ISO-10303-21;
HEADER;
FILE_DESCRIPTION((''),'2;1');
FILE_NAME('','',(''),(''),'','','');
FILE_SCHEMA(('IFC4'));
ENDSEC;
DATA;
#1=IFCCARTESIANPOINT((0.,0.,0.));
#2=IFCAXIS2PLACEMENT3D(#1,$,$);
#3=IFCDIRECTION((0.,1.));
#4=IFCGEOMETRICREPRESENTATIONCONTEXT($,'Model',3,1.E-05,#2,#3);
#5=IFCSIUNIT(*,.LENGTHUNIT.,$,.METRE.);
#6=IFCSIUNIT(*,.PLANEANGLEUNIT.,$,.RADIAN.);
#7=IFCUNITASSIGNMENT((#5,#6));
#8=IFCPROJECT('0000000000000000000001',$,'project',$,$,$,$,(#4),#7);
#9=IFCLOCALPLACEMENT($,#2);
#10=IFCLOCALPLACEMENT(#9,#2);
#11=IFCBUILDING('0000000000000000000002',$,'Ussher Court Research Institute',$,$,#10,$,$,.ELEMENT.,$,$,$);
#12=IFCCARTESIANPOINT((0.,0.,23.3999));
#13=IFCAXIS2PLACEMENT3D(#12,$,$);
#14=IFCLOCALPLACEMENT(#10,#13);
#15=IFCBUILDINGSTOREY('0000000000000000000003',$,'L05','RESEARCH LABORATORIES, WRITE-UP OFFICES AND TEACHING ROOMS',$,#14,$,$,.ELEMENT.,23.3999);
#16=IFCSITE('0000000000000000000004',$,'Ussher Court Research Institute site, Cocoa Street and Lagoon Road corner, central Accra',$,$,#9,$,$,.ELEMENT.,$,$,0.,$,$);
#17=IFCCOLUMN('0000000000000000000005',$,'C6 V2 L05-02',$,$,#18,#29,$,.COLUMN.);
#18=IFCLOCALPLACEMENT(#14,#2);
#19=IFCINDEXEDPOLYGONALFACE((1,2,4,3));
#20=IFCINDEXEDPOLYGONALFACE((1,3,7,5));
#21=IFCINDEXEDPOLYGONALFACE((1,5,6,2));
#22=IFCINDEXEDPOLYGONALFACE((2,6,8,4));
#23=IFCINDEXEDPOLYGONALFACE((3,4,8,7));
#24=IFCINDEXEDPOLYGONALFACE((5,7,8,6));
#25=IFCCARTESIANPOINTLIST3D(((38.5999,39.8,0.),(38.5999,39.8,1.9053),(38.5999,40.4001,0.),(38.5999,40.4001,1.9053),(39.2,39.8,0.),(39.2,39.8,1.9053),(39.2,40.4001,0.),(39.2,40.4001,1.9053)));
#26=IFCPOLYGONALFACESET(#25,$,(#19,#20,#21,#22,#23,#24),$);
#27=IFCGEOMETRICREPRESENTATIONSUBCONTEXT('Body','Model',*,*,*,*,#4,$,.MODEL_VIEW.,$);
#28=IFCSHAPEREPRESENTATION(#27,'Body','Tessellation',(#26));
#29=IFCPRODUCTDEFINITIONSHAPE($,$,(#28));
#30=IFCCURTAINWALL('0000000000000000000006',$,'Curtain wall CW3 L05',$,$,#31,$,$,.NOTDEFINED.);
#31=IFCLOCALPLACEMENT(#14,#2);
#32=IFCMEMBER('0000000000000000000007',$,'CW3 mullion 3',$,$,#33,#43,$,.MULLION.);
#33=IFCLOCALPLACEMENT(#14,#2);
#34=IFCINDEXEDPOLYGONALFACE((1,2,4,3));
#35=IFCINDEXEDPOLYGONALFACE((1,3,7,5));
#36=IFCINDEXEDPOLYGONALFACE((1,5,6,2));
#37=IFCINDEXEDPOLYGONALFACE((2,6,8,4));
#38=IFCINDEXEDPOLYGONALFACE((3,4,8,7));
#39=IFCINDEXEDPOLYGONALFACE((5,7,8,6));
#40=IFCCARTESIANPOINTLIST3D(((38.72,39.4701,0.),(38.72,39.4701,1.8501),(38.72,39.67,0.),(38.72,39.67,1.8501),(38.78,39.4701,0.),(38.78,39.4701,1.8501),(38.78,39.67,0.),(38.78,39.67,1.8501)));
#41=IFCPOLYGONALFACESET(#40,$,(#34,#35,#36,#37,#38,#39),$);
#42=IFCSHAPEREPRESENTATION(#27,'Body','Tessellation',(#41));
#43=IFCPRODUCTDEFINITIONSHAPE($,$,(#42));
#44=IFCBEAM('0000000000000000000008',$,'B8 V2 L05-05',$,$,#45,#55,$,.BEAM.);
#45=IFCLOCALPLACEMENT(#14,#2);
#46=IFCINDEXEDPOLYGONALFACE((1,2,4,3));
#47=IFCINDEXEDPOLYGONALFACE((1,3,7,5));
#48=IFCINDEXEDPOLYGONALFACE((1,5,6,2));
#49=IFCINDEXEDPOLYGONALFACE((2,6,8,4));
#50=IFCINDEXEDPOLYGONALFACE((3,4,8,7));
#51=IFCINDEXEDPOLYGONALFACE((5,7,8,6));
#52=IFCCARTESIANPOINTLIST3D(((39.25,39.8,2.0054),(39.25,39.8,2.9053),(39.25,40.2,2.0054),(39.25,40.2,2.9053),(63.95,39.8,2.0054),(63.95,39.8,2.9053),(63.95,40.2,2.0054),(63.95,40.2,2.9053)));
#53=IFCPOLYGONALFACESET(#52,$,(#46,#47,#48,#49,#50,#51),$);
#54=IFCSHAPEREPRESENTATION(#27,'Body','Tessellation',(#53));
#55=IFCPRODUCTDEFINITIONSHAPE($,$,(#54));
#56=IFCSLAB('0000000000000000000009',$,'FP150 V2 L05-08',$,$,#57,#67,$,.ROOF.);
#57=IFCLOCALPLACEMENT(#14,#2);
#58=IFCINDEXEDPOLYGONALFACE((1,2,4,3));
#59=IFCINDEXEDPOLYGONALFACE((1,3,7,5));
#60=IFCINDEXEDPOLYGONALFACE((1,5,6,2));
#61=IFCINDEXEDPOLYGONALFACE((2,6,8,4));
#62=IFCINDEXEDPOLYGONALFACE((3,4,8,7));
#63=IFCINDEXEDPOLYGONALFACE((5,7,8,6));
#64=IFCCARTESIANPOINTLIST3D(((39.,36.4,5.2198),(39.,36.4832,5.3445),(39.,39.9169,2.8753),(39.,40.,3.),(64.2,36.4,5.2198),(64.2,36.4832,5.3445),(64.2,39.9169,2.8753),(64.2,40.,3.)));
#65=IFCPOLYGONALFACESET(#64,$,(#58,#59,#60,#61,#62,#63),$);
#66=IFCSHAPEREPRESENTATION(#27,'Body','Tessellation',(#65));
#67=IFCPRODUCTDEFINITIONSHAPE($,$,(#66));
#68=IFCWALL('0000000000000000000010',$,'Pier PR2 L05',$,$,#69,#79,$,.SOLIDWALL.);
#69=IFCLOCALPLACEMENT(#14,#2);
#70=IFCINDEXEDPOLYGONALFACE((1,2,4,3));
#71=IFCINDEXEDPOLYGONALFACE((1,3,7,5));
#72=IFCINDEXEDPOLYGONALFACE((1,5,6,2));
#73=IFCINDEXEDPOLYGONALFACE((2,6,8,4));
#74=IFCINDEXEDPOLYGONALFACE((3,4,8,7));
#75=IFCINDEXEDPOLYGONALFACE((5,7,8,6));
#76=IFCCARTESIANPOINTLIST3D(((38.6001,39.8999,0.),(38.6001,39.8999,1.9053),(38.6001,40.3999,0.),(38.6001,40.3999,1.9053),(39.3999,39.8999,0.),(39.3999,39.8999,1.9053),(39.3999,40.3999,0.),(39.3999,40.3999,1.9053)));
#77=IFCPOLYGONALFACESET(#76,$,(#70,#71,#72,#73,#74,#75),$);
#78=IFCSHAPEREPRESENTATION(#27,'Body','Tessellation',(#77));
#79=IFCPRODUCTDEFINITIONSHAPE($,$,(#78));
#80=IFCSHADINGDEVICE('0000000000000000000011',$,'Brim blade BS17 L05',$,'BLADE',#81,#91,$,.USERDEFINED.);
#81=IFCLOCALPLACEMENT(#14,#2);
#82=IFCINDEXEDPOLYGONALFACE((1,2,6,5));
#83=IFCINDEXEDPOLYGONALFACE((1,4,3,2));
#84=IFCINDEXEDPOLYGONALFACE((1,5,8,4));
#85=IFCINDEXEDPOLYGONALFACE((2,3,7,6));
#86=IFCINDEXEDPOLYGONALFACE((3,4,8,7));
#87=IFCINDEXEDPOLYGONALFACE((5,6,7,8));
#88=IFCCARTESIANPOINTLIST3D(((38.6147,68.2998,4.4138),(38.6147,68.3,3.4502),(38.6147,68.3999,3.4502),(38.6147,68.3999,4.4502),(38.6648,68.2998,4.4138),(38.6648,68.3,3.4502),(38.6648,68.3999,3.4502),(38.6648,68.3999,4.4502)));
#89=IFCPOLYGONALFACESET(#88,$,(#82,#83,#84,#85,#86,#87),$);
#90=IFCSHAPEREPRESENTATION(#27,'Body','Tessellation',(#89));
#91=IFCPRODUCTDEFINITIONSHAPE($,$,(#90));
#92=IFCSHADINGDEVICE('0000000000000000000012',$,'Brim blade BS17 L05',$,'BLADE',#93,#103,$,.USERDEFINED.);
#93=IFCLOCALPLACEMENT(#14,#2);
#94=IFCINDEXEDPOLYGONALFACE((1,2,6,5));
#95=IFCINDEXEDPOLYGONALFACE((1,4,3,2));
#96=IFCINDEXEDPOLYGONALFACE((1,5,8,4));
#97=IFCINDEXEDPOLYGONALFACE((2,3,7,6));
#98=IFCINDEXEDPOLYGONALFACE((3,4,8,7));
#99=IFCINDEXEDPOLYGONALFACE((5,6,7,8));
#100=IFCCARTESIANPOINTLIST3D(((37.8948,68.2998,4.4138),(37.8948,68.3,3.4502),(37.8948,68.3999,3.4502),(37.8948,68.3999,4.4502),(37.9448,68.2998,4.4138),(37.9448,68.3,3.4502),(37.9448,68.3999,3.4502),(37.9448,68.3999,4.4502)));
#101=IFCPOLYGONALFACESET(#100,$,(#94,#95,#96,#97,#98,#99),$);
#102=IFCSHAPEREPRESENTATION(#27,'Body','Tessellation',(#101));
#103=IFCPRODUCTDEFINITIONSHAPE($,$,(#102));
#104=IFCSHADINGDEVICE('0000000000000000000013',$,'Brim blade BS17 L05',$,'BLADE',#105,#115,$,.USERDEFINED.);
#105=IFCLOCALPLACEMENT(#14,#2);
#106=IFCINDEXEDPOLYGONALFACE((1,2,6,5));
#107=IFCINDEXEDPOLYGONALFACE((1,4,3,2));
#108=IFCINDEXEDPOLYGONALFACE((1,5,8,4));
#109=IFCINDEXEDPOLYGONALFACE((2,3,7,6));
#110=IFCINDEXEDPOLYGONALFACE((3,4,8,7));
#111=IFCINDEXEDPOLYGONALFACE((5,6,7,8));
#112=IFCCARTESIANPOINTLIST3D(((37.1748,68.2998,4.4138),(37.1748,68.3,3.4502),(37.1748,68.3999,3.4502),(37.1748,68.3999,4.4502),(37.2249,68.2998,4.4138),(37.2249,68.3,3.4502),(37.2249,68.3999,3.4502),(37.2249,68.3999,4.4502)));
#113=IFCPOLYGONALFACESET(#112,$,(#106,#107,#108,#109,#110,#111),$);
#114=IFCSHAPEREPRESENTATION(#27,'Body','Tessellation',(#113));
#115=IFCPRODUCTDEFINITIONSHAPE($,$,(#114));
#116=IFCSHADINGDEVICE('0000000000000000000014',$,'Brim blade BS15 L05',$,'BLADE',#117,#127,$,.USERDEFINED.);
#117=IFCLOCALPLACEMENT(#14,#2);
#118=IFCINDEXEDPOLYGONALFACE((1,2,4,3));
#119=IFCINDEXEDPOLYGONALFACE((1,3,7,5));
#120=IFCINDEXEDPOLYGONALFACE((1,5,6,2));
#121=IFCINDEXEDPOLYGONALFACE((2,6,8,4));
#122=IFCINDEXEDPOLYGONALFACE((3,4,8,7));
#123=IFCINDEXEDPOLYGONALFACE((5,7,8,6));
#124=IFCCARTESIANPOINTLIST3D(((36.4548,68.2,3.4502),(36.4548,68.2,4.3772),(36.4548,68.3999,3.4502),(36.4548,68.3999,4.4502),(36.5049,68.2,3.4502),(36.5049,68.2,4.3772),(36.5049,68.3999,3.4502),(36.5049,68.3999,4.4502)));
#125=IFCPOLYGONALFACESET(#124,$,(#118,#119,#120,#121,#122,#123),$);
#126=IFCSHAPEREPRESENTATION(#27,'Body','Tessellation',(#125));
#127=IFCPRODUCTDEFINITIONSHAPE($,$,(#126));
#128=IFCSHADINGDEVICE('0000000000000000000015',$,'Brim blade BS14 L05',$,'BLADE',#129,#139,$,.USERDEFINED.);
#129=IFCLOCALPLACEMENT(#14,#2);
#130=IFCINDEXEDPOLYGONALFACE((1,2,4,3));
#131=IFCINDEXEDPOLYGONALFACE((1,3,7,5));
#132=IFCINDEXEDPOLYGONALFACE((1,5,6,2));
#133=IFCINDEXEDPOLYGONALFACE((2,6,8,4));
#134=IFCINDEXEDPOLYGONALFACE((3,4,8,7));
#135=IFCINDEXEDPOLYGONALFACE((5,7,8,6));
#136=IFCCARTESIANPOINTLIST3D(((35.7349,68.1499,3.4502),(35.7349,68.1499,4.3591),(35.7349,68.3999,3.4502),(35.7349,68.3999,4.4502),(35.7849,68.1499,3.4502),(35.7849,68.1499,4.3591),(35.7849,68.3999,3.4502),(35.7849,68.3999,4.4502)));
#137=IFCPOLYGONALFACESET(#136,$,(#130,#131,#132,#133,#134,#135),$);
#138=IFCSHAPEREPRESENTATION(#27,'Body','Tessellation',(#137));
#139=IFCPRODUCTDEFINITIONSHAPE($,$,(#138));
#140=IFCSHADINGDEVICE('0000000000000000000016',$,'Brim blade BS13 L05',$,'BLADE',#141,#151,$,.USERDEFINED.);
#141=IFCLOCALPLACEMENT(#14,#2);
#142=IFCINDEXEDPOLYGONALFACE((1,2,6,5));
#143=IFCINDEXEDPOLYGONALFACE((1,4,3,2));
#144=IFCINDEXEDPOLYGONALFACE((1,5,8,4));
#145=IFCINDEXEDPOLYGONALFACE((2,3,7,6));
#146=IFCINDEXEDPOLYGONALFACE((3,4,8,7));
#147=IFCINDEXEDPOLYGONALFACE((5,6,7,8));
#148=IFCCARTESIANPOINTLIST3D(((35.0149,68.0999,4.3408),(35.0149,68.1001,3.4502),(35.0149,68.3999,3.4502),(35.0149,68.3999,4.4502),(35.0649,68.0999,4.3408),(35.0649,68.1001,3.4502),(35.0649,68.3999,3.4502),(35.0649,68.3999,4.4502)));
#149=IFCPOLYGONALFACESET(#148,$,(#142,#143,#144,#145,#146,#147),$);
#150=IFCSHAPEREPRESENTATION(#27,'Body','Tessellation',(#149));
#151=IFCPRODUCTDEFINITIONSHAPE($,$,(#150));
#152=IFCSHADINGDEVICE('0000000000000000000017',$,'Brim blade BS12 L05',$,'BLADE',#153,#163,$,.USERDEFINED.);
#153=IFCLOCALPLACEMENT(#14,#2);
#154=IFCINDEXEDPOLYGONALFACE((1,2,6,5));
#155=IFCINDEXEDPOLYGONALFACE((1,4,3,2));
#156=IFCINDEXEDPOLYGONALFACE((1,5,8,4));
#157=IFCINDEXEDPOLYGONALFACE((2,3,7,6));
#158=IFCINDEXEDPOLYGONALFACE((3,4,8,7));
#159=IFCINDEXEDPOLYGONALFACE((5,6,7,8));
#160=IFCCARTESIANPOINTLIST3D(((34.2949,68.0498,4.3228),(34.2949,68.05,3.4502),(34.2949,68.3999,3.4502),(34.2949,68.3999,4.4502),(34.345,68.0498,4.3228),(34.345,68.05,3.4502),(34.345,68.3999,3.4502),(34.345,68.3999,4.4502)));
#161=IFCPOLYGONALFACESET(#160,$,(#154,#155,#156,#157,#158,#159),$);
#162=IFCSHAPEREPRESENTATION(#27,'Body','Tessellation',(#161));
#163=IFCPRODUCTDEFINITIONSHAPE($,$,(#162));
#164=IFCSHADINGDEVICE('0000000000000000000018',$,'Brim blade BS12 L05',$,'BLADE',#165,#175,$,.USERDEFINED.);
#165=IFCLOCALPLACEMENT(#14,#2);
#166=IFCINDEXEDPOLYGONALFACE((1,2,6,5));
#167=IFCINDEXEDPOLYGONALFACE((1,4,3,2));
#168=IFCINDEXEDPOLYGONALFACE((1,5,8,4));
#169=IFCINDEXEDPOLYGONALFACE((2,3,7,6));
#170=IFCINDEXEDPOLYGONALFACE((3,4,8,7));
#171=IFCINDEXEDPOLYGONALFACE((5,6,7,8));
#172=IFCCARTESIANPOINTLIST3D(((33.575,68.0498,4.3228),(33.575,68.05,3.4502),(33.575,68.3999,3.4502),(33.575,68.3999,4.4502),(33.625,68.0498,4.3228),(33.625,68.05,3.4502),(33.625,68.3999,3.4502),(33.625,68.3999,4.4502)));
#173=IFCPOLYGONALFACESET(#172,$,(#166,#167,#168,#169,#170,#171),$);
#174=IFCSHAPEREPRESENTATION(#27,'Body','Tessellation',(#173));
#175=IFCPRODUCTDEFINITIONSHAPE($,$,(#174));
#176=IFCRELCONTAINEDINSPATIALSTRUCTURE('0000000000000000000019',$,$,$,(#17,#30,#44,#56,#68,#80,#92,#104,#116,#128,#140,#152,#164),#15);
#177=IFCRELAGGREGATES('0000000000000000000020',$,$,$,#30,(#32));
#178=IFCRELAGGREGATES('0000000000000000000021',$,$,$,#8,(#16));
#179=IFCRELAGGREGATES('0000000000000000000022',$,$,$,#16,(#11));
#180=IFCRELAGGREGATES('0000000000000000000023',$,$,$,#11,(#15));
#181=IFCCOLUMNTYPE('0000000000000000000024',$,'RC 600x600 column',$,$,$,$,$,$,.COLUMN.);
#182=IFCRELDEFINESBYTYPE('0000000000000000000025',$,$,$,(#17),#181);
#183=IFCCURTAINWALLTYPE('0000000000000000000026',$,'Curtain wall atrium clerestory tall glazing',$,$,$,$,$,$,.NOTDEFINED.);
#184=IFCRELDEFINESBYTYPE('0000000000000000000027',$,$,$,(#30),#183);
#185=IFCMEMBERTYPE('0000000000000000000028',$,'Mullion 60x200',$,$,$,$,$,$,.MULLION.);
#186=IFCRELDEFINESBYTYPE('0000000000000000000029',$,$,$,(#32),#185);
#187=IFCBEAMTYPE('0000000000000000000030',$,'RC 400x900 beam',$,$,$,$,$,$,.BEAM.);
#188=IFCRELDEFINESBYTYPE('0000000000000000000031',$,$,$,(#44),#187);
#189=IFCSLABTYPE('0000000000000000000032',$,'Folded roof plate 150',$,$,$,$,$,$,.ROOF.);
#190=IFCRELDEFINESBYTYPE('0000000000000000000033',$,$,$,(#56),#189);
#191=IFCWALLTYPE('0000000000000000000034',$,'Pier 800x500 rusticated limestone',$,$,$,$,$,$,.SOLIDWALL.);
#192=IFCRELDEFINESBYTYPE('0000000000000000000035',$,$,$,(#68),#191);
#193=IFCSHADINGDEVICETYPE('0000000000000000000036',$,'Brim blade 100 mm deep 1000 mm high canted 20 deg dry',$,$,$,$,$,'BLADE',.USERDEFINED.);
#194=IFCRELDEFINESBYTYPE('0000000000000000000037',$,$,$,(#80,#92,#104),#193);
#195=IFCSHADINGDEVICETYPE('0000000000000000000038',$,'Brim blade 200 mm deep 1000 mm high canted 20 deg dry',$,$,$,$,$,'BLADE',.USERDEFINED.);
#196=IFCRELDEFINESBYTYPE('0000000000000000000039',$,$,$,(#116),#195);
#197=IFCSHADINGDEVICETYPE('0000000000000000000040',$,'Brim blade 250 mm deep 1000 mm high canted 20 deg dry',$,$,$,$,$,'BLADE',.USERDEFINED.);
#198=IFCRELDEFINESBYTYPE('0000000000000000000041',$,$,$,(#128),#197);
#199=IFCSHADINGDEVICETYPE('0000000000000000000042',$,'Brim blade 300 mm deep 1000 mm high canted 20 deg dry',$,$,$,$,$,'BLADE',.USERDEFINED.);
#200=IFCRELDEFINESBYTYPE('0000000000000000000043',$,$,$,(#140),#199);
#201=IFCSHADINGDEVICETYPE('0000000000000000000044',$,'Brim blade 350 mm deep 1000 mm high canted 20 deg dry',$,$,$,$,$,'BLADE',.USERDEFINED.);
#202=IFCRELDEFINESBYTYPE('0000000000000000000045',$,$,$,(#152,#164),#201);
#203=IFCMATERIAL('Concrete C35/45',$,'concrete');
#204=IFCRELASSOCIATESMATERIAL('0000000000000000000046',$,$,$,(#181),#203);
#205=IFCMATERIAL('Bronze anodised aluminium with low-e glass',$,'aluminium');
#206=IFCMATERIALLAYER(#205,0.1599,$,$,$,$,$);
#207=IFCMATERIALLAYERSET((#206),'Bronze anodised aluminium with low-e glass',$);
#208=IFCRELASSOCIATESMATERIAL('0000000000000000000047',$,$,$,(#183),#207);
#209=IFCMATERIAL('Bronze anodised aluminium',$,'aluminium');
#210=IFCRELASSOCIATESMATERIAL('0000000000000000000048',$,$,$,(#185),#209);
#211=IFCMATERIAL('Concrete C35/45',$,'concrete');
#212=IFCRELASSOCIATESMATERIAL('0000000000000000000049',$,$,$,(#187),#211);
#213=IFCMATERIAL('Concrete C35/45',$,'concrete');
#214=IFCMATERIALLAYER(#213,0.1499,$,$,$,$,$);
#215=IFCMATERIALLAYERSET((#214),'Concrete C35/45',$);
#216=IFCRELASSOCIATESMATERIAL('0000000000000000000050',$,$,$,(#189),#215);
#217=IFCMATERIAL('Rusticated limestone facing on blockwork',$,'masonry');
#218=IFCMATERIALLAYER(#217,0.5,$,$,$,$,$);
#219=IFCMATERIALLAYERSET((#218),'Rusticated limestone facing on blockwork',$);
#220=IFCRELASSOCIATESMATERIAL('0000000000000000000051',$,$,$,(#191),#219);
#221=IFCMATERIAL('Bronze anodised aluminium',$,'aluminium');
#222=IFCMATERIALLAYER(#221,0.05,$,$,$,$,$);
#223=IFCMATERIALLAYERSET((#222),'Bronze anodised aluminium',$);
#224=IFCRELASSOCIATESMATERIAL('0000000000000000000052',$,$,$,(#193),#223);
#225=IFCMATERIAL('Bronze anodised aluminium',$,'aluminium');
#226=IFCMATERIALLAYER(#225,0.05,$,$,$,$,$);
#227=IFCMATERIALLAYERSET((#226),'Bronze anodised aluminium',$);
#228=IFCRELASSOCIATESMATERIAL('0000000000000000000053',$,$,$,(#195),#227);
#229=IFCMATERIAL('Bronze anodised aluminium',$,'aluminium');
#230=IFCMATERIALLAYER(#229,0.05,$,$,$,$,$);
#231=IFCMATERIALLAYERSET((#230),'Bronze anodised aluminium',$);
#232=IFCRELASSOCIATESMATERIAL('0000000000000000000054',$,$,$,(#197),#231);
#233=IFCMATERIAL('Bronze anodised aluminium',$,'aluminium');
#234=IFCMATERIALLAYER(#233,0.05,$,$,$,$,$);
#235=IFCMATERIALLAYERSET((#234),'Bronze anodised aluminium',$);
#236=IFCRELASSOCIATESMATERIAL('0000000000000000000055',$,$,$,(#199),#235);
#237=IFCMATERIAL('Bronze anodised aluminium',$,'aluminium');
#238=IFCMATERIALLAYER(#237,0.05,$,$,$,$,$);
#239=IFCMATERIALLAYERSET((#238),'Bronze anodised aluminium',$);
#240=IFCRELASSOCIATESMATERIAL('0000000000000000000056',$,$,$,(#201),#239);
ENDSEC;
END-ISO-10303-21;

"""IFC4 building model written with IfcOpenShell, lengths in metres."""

from ifc_helpers import new_model, si_unit, direction, frame, frame_2d, origin, origin_2d, place, context, subcontext, project, spatial, polyline, rectangle, outline, extrude, material, layer, layer_set, material_profile, profile_set, type_object, element, aggregate, save


model = new_model("IFC4")

# Units and contexts
model_context = context("Model", 3, precision=1e-05, world=origin(), true_north=direction((0.0, 1.0)))
body_context = subcontext(model_context, "Body", "Model", "MODEL_VIEW")
ifc_project = project(units=[si_unit("LENGTHUNIT", "METRE"), si_unit("PLANEANGLEUNIT", "RADIAN")], contexts=[model_context])

# Site, building, storey
site_placement = place(None, origin())
site = spatial("IfcSite", under=ifc_project, at=site_placement, Name="Ussher Court Research Institute site, Cocoa Street and Lagoon Road corner, central Accra", CompositionType="ELEMENT", RefElevation=0.0)
building_placement = place(site_placement, origin())
building = spatial("IfcBuilding", under=site, at=building_placement, Name="Ussher Court Research Institute", CompositionType="ELEMENT")
storey_placement = place(building_placement, frame((0.0, 0.0, 23.3999)))
storey = spatial("IfcBuildingStorey", under=building, at=storey_placement, Name="L05", Description="RESEARCH LABORATORIES, WRITE-UP OFFICES AND TEACHING ROOMS", CompositionType="ELEMENT", Elevation=23.3999)

# Column
ifc_material_1 = material(Name="Concrete C35/45", Category="concrete")
ifc_material_profile_1 = material_profile(ifc_material_1, rectangle(XDim=0.6001, YDim=0.6001, at=origin_2d()), Name="RC 600x600")
ifc_profile_set_1 = profile_set([ifc_material_profile_1], Name="Concrete C35/45")
column_type = type_object("IfcColumnType", Name="RC 600x600 column", PredefinedType="COLUMN", material=ifc_profile_set_1)
column_placement = place(storey_placement, frame((38.8999, 40.1001, 0.0), z_axis=(0.0, 0.0, 1.0), x_axis=(1.0, 0.0, 0.0)))
element("IfcColumn", 1, at=column_placement, inside=storey, type_object=column_type, Name="C6 V2 L05-02", PredefinedType="COLUMN", context=body_context, shape_type="SweptSolid", body=[
    extrude(rectangle(XDim=0.6001, YDim=0.6001, at=origin_2d()), origin(), (0.0, 0.0, 1.0), 1.9053),
])

# Curtain wall, member
ifc_material_2 = material(Name="Bronze anodised aluminium with low-e glass", Category="aluminium")
ifc_layer_1 = layer(ifc_material_2, 0.1599)
ifc_layer_set_1 = layer_set([ifc_layer_1], Name="Bronze anodised aluminium with low-e glass")
curtain_wall_type = type_object("IfcCurtainWallType", Name="Curtain wall atrium clerestory tall glazing", PredefinedType="NOTDEFINED", material=ifc_layer_set_1)
curtain_wall_placement = place(storey_placement, origin())
curtain_wall = element("IfcCurtainWall", 2, at=curtain_wall_placement, inside=storey, type_object=curtain_wall_type, Name="Curtain wall CW3 L05", PredefinedType="NOTDEFINED")
ifc_material_3 = material(Name="Bronze anodised aluminium", Category="aluminium")
ifc_material_profile_2 = material_profile(ifc_material_3, rectangle(XDim=0.0601, YDim=0.2, at=origin_2d()), Name="Mullion 60x200")
ifc_profile_set_2 = profile_set([ifc_material_profile_2], Name="Bronze anodised aluminium")
member_type = type_object("IfcMemberType", Name="Mullion 60x200", PredefinedType="MULLION", material=ifc_profile_set_2)
member_placement = place(storey_placement, frame((38.75, 39.5701, 0.0), z_axis=(0.0, 0.0, 1.0), x_axis=(-1.0, 0.0, 0.0)))
member = element("IfcMember", 3, at=member_placement, type_object=member_type, Name="CW3 mullion 3", PredefinedType="MULLION", context=body_context, shape_type="SweptSolid", body=[
    extrude(rectangle(XDim=0.0601, YDim=0.2, at=origin_2d()), origin(), (0.0, 0.0, 1.0), 1.8501),
])
aggregate(curtain_wall, [member])

# Beam
ifc_material_4 = material(Name="Concrete C35/45", Category="concrete")
ifc_material_profile_3 = material_profile(ifc_material_4, rectangle(XDim=0.3999, YDim=0.8999, at=origin_2d()), Name="RC 400x900")
ifc_profile_set_3 = profile_set([ifc_material_profile_3], Name="Concrete C35/45")
beam_type = type_object("IfcBeamType", Name="RC 400x900 beam", PredefinedType="BEAM", material=ifc_profile_set_3)
beam_placement = place(storey_placement, frame((39.25, 40.0, 2.4553), z_axis=(1.0, 0.0, 0.0), x_axis=(0.0, 1.0, 0.0)))
element("IfcBeam", 4, at=beam_placement, inside=storey, type_object=beam_type, Name="B8 V2 L05-05", PredefinedType="BEAM", context=body_context, shape_type="SweptSolid", body=[
    extrude(rectangle(XDim=0.3999, YDim=0.8999, at=origin_2d()), origin(), (0.0, 0.0, 1.0), 24.7),
])

# Slab
ifc_material_5 = material(Name="Concrete C35/45", Category="concrete")
ifc_layer_2 = layer(ifc_material_5, 0.1499)
ifc_layer_set_2 = layer_set([ifc_layer_2], Name="Concrete C35/45")
slab_type = type_object("IfcSlabType", Name="Folded roof plate 150", PredefinedType="ROOF", material=ifc_layer_set_2)
slab_placement = place(storey_placement, frame((39.0, 40.0, 3.0), z_axis=(0.0, 0.554687, 0.832059), x_axis=(1.0, 0.0, 0.0)))
element("IfcSlab", 5, at=slab_placement, inside=storey, type_object=slab_type, Name="FP150 V2 L05-08", PredefinedType="ROOF", context=body_context, shape_type="SweptSolid", body=[
    extrude(outline(polyline([(0.0, 0.0), (25.2, 0.0), (25.2, -4.2267), (0.0, -4.2267), (0.0, 0.0)])), origin(), (0.0, 0.0, -1.0), 0.1499),
])

# Wall
ifc_material_6 = material(Name="Rusticated limestone facing on blockwork", Category="masonry")
ifc_layer_3 = layer(ifc_material_6, 0.5)
ifc_layer_set_3 = layer_set([ifc_layer_3], Name="Rusticated limestone facing on blockwork")
wall_type = type_object("IfcWallType", Name="Pier 800x500 rusticated limestone", PredefinedType="SOLIDWALL", material=ifc_layer_set_3)
wall_placement = place(storey_placement, frame((38.6001, 40.1499, 0.0), z_axis=(0.0, 0.0, 1.0), x_axis=(1.0, 0.0, 0.0)))
element("IfcWall", 6, at=wall_placement, inside=storey, type_object=wall_type, Name="Pier PR2 L05", PredefinedType="SOLIDWALL", context=body_context, shape_type="SweptSolid", body=[
    extrude(rectangle(XDim=0.7998, YDim=0.5, at=frame_2d((0.3999, 0.0))), origin(), (0.0, 0.0, 1.0), 1.9053),
])

# Shading devices
ifc_material_7 = material(Name="Bronze anodised aluminium", Category="aluminium")
ifc_layer_4 = layer(ifc_material_7, 0.05)
ifc_layer_set_4 = layer_set([ifc_layer_4], Name="Bronze anodised aluminium")
shading_device_type_1 = type_object("IfcShadingDeviceType", Name="Brim blade 100 mm deep 1000 mm high canted 20 deg dry", ElementType="BLADE", PredefinedType="USERDEFINED", material=ifc_layer_set_4)
for number, where, z_axis, x_axis, name in (
    (7, (38.6399, 68.3999, 3.4502), (0.0, 0.0, 1.0), (0.0, -1.0, 0.0), "Brim blade BS17 L05"),
    (8, (37.9199, 68.3999, 3.4502), (0.0, 0.0, 1.0), (0.0, -1.0, 0.0), "Brim blade BS17 L05"),
    (9, (37.2, 68.3999, 3.4502), (0.0, 0.0, 1.0), (0.0, -1.0, 0.0), "Brim blade BS17 L05"),
):
    element("IfcShadingDevice", number, at=place(storey_placement, frame(where, z_axis=z_axis, x_axis=x_axis)), inside=storey, type_object=shading_device_type_1, Name=name, ObjectType="BLADE", PredefinedType="USERDEFINED", context=body_context, shape_type="SweptSolid", body=[
        extrude(outline(polyline([(0.0, 0.0), (0.0999, 0.0), (0.1001, 0.9636), (0.0, 1.0), (0.0, 0.0)])), frame((0.0, 0.0249, 0.0), z_axis=(0.0, -1.0, 0.0), x_axis=(1.0, 0.0, 0.0)), (0.0, 0.0, 1.0), 0.05),
    ])
ifc_material_8 = material(Name="Bronze anodised aluminium", Category="aluminium")
ifc_layer_5 = layer(ifc_material_8, 0.05)
ifc_layer_set_5 = layer_set([ifc_layer_5], Name="Bronze anodised aluminium")
shading_device_type_2 = type_object("IfcShadingDeviceType", Name="Brim blade 200 mm deep 1000 mm high canted 20 deg dry", ElementType="BLADE", PredefinedType="USERDEFINED", material=ifc_layer_set_5)
shading_device_1_placement = place(storey_placement, frame((36.48, 68.3999, 3.4502), z_axis=(0.0, 0.0, 1.0), x_axis=(0.0, -1.0, 0.0)))
element("IfcShadingDevice", 10, at=shading_device_1_placement, inside=storey, type_object=shading_device_type_2, Name="Brim blade BS15 L05", ObjectType="BLADE", PredefinedType="USERDEFINED", context=body_context, shape_type="SweptSolid", body=[
    extrude(outline(polyline([(0.0, 0.0), (0.2, 0.0), (0.2, 0.927), (0.0, 1.0), (0.0, 0.0)])), frame((0.0, 0.0249, 0.0), z_axis=(0.0, -1.0, 0.0), x_axis=(1.0, 0.0, 0.0)), (0.0, 0.0, 1.0), 0.05),
])
ifc_material_9 = material(Name="Bronze anodised aluminium", Category="aluminium")
ifc_layer_6 = layer(ifc_material_9, 0.05)
ifc_layer_set_6 = layer_set([ifc_layer_6], Name="Bronze anodised aluminium")
shading_device_type_3 = type_object("IfcShadingDeviceType", Name="Brim blade 250 mm deep 1000 mm high canted 20 deg dry", ElementType="BLADE", PredefinedType="USERDEFINED", material=ifc_layer_set_6)
shading_device_2_placement = place(storey_placement, frame((35.76, 68.3999, 3.4502), z_axis=(0.0, 0.0, 1.0), x_axis=(0.0, -1.0, 0.0)))
element("IfcShadingDevice", 11, at=shading_device_2_placement, inside=storey, type_object=shading_device_type_3, Name="Brim blade BS14 L05", ObjectType="BLADE", PredefinedType="USERDEFINED", context=body_context, shape_type="SweptSolid", body=[
    extrude(outline(polyline([(0.0, 0.0), (0.25, 0.0), (0.25, 0.9089), (0.0, 1.0), (0.0, 0.0)])), frame((0.0, 0.0249, 0.0), z_axis=(0.0, -1.0, 0.0), x_axis=(1.0, 0.0, 0.0)), (0.0, 0.0, 1.0), 0.05),
])
ifc_material_10 = material(Name="Bronze anodised aluminium", Category="aluminium")
ifc_layer_7 = layer(ifc_material_10, 0.05)
ifc_layer_set_7 = layer_set([ifc_layer_7], Name="Bronze anodised aluminium")
shading_device_type_4 = type_object("IfcShadingDeviceType", Name="Brim blade 300 mm deep 1000 mm high canted 20 deg dry", ElementType="BLADE", PredefinedType="USERDEFINED", material=ifc_layer_set_7)
shading_device_3_placement = place(storey_placement, frame((35.04, 68.3999, 3.4502), z_axis=(0.0, 0.0, 1.0), x_axis=(0.0, -1.0, 0.0)))
element("IfcShadingDevice", 12, at=shading_device_3_placement, inside=storey, type_object=shading_device_type_4, Name="Brim blade BS13 L05", ObjectType="BLADE", PredefinedType="USERDEFINED", context=body_context, shape_type="SweptSolid", body=[
    extrude(outline(polyline([(0.0, 0.0), (0.2998, 0.0), (0.3, 0.8906), (0.0, 1.0), (0.0, 0.0)])), frame((0.0, 0.0249, 0.0), z_axis=(0.0, -1.0, 0.0), x_axis=(1.0, 0.0, 0.0)), (0.0, 0.0, 1.0), 0.05),
])
ifc_material_11 = material(Name="Bronze anodised aluminium", Category="aluminium")
ifc_layer_8 = layer(ifc_material_11, 0.05)
ifc_layer_set_8 = layer_set([ifc_layer_8], Name="Bronze anodised aluminium")
shading_device_type_5 = type_object("IfcShadingDeviceType", Name="Brim blade 350 mm deep 1000 mm high canted 20 deg dry", ElementType="BLADE", PredefinedType="USERDEFINED", material=ifc_layer_set_8)
for number, where, z_axis, x_axis, name in (
    (13, (34.3201, 68.3999, 3.4502), (0.0, 0.0, 1.0), (0.0, -1.0, 0.0), "Brim blade BS12 L05"),
    (14, (33.6001, 68.3999, 3.4502), (0.0, 0.0, 1.0), (0.0, -1.0, 0.0), "Brim blade BS12 L05"),
):
    element("IfcShadingDevice", number, at=place(storey_placement, frame(where, z_axis=z_axis, x_axis=x_axis)), inside=storey, type_object=shading_device_type_5, Name=name, ObjectType="BLADE", PredefinedType="USERDEFINED", context=body_context, shape_type="SweptSolid", body=[
        extrude(outline(polyline([(0.0, 0.0), (0.3499, 0.0), (0.3501, 0.8726), (0.0, 1.0), (0.0, 0.0)])), frame((0.0, 0.0249, 0.0), z_axis=(0.0, -1.0, 0.0), x_axis=(1.0, 0.0, 0.0)), (0.0, 0.0, 1.0), 0.05),
    ])

save(model, "model.ifc")
